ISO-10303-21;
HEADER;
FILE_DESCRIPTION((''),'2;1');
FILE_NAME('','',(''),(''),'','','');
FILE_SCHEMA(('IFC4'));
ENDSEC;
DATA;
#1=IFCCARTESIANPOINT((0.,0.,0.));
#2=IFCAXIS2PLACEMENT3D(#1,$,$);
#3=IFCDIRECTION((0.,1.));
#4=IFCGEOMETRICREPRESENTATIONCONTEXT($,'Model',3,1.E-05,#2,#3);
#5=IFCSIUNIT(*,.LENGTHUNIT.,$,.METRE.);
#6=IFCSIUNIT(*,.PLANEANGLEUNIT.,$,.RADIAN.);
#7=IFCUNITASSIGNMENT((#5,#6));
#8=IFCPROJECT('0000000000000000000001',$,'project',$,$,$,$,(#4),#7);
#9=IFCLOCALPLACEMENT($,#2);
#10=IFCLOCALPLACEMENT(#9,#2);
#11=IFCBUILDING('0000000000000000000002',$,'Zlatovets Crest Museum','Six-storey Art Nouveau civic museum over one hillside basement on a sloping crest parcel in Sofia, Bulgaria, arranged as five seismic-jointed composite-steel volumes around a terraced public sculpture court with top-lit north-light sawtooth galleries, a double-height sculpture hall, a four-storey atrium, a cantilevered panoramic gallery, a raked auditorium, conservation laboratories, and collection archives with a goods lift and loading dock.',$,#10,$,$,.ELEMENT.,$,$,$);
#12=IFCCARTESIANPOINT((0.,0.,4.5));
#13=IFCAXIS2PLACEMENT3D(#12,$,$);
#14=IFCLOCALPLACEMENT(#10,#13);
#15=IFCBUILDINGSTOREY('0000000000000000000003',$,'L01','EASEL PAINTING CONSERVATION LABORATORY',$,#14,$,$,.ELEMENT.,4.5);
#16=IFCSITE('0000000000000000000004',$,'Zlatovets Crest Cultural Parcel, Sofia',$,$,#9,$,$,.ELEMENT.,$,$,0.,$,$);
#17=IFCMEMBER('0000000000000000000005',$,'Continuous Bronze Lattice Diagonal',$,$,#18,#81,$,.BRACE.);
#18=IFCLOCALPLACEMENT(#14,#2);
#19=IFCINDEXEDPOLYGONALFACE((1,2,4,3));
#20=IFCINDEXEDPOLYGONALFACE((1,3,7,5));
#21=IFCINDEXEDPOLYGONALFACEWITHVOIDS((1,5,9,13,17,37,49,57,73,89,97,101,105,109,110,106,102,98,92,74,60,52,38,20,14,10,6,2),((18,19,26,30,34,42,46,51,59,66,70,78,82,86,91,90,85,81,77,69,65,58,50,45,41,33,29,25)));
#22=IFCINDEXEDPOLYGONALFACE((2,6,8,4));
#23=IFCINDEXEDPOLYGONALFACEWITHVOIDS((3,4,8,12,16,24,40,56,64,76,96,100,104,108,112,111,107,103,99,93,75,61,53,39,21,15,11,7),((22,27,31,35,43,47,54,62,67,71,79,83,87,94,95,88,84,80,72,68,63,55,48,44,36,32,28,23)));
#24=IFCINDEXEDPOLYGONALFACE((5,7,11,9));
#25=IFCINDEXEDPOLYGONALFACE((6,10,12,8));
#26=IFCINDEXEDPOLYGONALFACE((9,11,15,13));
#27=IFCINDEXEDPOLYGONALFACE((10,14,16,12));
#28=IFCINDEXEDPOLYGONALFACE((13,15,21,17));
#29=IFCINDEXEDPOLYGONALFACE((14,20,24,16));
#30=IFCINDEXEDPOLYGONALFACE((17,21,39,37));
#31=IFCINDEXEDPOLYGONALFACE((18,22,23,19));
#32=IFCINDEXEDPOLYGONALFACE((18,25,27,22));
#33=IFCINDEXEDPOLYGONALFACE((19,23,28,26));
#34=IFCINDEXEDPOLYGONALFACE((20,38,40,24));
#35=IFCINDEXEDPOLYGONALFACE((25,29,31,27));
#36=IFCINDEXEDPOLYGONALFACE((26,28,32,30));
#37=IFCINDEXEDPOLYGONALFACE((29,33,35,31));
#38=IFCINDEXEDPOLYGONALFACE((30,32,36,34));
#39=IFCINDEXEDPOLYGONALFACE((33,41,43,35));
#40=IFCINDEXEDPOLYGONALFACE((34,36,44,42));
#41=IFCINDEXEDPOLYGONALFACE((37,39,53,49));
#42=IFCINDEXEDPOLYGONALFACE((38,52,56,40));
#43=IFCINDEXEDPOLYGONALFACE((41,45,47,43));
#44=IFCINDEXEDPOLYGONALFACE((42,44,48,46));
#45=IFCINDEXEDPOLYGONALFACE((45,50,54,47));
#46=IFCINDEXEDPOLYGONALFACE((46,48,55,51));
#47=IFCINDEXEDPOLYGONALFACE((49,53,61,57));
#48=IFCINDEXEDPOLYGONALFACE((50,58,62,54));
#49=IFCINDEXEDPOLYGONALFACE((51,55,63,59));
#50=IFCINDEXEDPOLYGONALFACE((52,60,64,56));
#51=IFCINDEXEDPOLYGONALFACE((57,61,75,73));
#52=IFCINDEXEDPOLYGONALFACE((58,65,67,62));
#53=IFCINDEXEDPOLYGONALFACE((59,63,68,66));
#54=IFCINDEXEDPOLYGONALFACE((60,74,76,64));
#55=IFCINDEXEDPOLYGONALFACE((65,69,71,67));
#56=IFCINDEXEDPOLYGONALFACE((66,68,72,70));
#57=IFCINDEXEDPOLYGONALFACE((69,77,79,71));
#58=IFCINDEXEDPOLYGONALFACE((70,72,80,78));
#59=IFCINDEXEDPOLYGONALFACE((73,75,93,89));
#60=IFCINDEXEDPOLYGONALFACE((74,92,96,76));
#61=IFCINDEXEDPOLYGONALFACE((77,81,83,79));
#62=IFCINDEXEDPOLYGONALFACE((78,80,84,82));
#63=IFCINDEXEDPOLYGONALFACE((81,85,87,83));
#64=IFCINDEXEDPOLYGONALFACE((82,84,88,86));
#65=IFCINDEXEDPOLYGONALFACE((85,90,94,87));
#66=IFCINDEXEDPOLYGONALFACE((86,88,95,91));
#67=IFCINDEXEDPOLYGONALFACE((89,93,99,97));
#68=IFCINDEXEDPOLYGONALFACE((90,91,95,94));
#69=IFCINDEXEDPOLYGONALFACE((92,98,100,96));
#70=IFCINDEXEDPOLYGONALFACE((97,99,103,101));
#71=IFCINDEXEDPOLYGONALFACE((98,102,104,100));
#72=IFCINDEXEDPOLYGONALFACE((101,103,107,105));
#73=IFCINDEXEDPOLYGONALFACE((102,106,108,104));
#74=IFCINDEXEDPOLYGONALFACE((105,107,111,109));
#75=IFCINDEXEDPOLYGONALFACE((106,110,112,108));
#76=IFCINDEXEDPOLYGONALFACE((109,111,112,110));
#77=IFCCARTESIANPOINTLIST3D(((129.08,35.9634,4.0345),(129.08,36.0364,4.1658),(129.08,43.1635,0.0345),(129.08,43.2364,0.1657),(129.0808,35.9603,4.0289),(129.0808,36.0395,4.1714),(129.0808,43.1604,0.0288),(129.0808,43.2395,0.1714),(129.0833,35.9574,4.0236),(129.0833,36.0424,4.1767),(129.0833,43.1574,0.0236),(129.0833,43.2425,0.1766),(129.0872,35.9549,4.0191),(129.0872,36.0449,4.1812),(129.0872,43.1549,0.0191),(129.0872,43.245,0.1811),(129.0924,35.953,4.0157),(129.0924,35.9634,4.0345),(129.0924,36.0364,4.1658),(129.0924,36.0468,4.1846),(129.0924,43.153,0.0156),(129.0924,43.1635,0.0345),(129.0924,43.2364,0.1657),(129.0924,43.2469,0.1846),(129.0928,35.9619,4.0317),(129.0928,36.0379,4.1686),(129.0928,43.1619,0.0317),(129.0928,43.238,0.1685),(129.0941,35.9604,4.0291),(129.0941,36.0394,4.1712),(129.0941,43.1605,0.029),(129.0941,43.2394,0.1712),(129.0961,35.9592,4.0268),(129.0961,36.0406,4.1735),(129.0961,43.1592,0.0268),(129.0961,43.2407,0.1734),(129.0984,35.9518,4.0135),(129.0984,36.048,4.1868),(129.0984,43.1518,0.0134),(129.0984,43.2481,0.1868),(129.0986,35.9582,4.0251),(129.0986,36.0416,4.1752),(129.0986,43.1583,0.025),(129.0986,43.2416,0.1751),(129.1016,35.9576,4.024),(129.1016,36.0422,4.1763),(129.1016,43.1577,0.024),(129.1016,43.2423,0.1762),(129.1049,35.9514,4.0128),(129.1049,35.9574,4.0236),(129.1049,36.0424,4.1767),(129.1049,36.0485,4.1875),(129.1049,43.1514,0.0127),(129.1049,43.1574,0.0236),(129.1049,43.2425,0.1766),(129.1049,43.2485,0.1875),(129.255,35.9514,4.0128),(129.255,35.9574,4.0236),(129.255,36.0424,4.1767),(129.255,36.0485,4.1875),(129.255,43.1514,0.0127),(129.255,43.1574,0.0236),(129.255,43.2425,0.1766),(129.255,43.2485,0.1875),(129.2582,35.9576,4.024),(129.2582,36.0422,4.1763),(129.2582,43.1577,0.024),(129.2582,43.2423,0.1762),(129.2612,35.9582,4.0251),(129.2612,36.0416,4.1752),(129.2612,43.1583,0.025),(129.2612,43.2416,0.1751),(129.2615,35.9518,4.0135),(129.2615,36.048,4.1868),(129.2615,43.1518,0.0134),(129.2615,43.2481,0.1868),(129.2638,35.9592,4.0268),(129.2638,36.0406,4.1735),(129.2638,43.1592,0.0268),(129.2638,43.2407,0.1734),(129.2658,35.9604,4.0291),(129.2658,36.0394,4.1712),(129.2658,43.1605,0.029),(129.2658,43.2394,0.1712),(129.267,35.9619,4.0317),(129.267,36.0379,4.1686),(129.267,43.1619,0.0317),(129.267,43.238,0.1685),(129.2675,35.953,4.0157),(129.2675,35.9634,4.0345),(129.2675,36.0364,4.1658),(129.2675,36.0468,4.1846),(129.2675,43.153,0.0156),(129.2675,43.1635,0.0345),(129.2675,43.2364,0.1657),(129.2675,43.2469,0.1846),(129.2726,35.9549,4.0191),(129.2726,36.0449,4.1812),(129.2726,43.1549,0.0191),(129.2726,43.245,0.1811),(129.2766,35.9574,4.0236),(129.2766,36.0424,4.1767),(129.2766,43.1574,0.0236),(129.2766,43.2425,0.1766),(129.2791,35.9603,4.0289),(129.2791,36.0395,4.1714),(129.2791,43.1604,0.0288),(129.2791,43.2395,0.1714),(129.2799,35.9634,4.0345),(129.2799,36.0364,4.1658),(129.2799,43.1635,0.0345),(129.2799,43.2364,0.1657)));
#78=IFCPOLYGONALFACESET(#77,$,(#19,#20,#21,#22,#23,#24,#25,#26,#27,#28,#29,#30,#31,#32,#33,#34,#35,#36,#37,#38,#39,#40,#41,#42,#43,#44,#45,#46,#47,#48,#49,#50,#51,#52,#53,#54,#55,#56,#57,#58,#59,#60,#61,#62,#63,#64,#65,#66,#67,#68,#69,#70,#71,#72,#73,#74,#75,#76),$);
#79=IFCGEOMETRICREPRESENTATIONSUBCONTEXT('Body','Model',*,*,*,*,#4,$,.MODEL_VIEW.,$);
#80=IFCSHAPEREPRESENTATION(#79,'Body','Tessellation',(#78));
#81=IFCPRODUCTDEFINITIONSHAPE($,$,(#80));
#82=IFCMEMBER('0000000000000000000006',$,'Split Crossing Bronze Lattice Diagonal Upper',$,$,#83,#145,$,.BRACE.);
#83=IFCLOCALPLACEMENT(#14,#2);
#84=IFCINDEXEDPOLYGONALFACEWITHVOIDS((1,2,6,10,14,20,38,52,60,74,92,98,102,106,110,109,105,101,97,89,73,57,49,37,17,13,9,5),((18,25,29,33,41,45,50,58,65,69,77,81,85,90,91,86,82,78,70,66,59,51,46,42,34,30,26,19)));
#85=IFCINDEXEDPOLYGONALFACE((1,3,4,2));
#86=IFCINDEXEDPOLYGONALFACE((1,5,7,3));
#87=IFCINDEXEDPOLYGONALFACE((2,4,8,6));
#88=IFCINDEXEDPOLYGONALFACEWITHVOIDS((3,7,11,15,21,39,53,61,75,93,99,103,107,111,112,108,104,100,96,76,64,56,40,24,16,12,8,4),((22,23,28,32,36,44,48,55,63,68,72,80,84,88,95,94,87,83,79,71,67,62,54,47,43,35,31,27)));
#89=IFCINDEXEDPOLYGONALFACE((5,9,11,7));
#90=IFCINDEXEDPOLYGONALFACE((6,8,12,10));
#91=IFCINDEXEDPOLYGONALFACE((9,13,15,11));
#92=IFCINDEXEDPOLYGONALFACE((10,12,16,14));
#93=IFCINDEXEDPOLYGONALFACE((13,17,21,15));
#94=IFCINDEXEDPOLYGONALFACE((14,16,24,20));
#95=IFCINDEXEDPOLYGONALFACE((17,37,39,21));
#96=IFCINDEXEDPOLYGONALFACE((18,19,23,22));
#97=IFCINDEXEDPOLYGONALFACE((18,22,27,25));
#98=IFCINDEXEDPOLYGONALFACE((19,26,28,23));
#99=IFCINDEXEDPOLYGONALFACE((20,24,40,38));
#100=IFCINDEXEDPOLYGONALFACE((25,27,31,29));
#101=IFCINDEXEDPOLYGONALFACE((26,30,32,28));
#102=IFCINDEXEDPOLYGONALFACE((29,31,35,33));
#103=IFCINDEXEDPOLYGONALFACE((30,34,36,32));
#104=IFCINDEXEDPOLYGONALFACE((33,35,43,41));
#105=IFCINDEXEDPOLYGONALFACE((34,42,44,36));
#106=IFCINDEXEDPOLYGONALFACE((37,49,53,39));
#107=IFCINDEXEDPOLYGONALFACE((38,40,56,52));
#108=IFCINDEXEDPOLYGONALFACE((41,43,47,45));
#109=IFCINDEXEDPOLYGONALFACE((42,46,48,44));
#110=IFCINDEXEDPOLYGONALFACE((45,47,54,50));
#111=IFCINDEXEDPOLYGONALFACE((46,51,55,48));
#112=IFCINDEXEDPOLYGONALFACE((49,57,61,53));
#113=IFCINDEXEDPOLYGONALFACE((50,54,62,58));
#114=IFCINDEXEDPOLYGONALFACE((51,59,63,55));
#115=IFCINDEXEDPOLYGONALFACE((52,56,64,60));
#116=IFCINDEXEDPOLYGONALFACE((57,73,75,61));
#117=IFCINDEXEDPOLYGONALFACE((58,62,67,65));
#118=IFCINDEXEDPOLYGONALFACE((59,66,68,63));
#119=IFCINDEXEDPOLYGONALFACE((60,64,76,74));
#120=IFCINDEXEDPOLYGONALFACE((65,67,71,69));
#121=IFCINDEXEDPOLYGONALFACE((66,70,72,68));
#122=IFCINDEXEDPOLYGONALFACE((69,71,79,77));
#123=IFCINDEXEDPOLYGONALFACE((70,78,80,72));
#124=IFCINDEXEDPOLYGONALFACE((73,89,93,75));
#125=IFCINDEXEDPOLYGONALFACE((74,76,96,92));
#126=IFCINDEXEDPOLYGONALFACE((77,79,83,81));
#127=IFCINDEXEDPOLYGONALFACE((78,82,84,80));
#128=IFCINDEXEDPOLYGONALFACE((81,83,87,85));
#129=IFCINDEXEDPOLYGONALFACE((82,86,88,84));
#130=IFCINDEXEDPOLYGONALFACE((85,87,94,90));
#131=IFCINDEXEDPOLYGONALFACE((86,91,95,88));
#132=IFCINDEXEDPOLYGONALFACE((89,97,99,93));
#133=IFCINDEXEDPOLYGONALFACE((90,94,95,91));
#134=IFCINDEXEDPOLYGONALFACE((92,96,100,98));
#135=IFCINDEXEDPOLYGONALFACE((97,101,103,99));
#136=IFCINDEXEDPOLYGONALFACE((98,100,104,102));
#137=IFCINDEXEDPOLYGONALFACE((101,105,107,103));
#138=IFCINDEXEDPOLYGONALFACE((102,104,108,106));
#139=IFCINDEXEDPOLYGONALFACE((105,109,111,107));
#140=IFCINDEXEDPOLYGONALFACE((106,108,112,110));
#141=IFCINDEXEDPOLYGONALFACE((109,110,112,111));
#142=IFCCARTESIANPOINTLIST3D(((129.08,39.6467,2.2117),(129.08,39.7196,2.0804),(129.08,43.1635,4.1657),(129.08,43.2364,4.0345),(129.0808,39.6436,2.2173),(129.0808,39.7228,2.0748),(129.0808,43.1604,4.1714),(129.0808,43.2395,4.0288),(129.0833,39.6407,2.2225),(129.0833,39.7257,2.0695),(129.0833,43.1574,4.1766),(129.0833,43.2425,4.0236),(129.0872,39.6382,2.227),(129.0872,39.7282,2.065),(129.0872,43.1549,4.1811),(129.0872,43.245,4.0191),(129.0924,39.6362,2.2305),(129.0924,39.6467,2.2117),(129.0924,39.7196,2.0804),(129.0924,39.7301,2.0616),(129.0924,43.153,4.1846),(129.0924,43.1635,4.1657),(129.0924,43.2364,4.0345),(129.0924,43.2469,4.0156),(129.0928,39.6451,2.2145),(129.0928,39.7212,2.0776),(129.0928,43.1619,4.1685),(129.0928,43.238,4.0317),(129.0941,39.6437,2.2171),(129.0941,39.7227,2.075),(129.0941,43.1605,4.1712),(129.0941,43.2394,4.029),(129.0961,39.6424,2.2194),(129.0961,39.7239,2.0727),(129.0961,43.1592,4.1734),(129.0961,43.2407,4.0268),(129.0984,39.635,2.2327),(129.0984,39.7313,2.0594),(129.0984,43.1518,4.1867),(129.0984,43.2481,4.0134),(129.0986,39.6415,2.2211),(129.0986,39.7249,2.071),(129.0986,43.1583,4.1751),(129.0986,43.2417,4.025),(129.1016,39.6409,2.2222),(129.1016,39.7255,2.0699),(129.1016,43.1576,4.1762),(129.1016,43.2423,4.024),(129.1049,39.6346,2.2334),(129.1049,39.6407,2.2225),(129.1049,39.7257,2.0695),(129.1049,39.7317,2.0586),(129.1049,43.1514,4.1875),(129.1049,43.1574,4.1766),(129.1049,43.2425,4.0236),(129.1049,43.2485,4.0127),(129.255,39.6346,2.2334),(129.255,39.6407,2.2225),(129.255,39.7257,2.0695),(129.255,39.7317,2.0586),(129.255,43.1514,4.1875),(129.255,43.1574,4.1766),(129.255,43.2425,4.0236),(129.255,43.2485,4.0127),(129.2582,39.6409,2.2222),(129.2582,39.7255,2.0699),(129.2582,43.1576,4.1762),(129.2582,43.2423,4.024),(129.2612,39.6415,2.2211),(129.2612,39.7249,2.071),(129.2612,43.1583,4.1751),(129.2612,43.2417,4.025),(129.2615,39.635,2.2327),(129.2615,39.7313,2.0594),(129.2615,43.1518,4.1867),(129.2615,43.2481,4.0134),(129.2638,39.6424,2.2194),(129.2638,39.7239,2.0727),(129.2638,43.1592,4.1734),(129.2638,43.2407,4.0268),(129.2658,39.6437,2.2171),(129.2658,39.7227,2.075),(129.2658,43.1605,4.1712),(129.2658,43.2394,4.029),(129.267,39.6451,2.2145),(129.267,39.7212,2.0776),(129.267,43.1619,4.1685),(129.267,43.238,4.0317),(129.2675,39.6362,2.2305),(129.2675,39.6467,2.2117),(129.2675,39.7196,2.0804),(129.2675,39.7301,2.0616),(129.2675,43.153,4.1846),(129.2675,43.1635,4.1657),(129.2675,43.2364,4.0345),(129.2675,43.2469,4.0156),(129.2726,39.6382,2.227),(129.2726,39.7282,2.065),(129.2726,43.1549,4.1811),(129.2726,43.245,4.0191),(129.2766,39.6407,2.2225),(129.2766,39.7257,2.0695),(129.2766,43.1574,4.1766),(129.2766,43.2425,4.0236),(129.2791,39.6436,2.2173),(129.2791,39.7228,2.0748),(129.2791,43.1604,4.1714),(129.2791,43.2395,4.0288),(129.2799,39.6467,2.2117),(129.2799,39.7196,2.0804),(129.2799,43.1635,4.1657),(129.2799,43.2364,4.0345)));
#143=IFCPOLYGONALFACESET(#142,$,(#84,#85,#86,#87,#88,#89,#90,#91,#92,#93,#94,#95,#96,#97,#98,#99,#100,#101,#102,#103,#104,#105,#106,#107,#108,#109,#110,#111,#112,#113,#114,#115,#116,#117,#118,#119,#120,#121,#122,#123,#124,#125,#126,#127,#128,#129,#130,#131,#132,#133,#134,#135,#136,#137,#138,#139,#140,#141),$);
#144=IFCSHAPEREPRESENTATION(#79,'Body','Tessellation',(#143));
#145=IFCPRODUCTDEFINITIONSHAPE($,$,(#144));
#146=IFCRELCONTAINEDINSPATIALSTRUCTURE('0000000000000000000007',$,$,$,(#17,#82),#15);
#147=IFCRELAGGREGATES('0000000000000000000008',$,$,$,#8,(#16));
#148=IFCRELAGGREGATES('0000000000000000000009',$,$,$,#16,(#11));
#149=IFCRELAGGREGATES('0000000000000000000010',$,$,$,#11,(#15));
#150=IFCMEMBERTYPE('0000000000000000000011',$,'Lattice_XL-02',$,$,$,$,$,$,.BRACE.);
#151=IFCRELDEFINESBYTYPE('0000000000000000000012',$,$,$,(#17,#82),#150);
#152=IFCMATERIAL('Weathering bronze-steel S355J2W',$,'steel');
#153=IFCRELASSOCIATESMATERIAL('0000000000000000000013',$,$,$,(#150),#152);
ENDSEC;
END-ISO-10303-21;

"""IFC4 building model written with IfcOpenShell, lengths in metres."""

from ifc_helpers import new_model, si_unit, direction, frame, origin, origin_2d, place, context, subcontext, project, spatial, hollow_rectangle, extrude, material, material_profile, profile_set, type_object, element, save


model = new_model("IFC4")

# Units and contexts
model_context = context("Model", 3, precision=1e-05, world=origin(), true_north=direction((0.0, 1.0)))
body_context = subcontext(model_context, "Body", "Model", "MODEL_VIEW")
ifc_project = project(units=[si_unit("LENGTHUNIT", "METRE"), si_unit("PLANEANGLEUNIT", "RADIAN")], contexts=[model_context])

# Site, building, storey
site_placement = place(None, origin())
site = spatial("IfcSite", under=ifc_project, at=site_placement, Name="Zlatovets Crest Cultural Parcel, Sofia", CompositionType="ELEMENT", RefElevation=0.0)
building_placement = place(site_placement, origin())
building = spatial("IfcBuilding", under=site, at=building_placement, Name="Zlatovets Crest Museum", Description="Six-storey Art Nouveau civic museum over one hillside basement on a sloping crest parcel in Sofia, Bulgaria, arranged as five seismic-jointed composite-steel volumes around a terraced public sculpture court with top-lit north-light sawtooth galleries, a double-height sculpture hall, a four-storey atrium, a cantilevered panoramic gallery, a raked auditorium, conservation laboratories, and collection archives with a goods lift and loading dock.", CompositionType="ELEMENT")
storey_placement = place(building_placement, frame((0.0, 0.0, 4.5)))
storey = spatial("IfcBuildingStorey", under=building, at=storey_placement, Name="L01", Description="EASEL PAINTING CONSERVATION LABORATORY", CompositionType="ELEMENT", Elevation=4.5)

# Members
ifc_material_1 = material(Name="Weathering bronze-steel S355J2W", Category="steel")
ifc_material_profile_1 = material_profile(ifc_material_1, hollow_rectangle(XDim=0.2, YDim=0.2, WallThickness=0.0125, InnerFilletRadius=0.0125, OuterFilletRadius=0.0249, at=origin_2d()), Name="SHS 200x200x12.5")
ifc_profile_set_1 = profile_set([ifc_material_profile_1], Name="Weathering bronze-steel S355J2W")
member_type_1 = type_object("IfcMemberType", Name="Lattice_XL-02", PredefinedType="BRACE", material=ifc_profile_set_1)
member_1_placement = place(storey_placement, frame((129.1799, 43.2, 0.1001), z_axis=(0.0, -0.874156, 0.485645), x_axis=(1.0, 0.0, 0.0)))
element("IfcMember", 1, at=member_1_placement, inside=storey, type_object=member_type_1, Name="Continuous Bronze Lattice Diagonal", PredefinedType="BRACE", context=body_context, shape_type="SweptSolid", body=[
    extrude(hollow_rectangle(XDim=0.2, YDim=0.2, WallThickness=0.0125, InnerFilletRadius=0.0125, OuterFilletRadius=0.0249, at=origin_2d()), origin(), (0.0, 0.0, 1.0), 8.2366),
])
member_2_placement = place(storey_placement, frame((129.1799, 43.2, 4.1001), z_axis=(0.0, -0.874126, -0.4857), x_axis=(1.0, 0.0, 0.0)))
element("IfcMember", 2, at=member_2_placement, inside=storey, type_object=member_type_1, Name="Split Crossing Bronze Lattice Diagonal Upper", PredefinedType="BRACE", context=body_context, shape_type="SweptSolid", body=[
    extrude(hollow_rectangle(XDim=0.2, YDim=0.2, WallThickness=0.0125, InnerFilletRadius=0.0125, OuterFilletRadius=0.0249, at=origin_2d()), origin(), (0.0, 0.0, 1.0), 4.0232),
])

save(model, "model.ifc")
